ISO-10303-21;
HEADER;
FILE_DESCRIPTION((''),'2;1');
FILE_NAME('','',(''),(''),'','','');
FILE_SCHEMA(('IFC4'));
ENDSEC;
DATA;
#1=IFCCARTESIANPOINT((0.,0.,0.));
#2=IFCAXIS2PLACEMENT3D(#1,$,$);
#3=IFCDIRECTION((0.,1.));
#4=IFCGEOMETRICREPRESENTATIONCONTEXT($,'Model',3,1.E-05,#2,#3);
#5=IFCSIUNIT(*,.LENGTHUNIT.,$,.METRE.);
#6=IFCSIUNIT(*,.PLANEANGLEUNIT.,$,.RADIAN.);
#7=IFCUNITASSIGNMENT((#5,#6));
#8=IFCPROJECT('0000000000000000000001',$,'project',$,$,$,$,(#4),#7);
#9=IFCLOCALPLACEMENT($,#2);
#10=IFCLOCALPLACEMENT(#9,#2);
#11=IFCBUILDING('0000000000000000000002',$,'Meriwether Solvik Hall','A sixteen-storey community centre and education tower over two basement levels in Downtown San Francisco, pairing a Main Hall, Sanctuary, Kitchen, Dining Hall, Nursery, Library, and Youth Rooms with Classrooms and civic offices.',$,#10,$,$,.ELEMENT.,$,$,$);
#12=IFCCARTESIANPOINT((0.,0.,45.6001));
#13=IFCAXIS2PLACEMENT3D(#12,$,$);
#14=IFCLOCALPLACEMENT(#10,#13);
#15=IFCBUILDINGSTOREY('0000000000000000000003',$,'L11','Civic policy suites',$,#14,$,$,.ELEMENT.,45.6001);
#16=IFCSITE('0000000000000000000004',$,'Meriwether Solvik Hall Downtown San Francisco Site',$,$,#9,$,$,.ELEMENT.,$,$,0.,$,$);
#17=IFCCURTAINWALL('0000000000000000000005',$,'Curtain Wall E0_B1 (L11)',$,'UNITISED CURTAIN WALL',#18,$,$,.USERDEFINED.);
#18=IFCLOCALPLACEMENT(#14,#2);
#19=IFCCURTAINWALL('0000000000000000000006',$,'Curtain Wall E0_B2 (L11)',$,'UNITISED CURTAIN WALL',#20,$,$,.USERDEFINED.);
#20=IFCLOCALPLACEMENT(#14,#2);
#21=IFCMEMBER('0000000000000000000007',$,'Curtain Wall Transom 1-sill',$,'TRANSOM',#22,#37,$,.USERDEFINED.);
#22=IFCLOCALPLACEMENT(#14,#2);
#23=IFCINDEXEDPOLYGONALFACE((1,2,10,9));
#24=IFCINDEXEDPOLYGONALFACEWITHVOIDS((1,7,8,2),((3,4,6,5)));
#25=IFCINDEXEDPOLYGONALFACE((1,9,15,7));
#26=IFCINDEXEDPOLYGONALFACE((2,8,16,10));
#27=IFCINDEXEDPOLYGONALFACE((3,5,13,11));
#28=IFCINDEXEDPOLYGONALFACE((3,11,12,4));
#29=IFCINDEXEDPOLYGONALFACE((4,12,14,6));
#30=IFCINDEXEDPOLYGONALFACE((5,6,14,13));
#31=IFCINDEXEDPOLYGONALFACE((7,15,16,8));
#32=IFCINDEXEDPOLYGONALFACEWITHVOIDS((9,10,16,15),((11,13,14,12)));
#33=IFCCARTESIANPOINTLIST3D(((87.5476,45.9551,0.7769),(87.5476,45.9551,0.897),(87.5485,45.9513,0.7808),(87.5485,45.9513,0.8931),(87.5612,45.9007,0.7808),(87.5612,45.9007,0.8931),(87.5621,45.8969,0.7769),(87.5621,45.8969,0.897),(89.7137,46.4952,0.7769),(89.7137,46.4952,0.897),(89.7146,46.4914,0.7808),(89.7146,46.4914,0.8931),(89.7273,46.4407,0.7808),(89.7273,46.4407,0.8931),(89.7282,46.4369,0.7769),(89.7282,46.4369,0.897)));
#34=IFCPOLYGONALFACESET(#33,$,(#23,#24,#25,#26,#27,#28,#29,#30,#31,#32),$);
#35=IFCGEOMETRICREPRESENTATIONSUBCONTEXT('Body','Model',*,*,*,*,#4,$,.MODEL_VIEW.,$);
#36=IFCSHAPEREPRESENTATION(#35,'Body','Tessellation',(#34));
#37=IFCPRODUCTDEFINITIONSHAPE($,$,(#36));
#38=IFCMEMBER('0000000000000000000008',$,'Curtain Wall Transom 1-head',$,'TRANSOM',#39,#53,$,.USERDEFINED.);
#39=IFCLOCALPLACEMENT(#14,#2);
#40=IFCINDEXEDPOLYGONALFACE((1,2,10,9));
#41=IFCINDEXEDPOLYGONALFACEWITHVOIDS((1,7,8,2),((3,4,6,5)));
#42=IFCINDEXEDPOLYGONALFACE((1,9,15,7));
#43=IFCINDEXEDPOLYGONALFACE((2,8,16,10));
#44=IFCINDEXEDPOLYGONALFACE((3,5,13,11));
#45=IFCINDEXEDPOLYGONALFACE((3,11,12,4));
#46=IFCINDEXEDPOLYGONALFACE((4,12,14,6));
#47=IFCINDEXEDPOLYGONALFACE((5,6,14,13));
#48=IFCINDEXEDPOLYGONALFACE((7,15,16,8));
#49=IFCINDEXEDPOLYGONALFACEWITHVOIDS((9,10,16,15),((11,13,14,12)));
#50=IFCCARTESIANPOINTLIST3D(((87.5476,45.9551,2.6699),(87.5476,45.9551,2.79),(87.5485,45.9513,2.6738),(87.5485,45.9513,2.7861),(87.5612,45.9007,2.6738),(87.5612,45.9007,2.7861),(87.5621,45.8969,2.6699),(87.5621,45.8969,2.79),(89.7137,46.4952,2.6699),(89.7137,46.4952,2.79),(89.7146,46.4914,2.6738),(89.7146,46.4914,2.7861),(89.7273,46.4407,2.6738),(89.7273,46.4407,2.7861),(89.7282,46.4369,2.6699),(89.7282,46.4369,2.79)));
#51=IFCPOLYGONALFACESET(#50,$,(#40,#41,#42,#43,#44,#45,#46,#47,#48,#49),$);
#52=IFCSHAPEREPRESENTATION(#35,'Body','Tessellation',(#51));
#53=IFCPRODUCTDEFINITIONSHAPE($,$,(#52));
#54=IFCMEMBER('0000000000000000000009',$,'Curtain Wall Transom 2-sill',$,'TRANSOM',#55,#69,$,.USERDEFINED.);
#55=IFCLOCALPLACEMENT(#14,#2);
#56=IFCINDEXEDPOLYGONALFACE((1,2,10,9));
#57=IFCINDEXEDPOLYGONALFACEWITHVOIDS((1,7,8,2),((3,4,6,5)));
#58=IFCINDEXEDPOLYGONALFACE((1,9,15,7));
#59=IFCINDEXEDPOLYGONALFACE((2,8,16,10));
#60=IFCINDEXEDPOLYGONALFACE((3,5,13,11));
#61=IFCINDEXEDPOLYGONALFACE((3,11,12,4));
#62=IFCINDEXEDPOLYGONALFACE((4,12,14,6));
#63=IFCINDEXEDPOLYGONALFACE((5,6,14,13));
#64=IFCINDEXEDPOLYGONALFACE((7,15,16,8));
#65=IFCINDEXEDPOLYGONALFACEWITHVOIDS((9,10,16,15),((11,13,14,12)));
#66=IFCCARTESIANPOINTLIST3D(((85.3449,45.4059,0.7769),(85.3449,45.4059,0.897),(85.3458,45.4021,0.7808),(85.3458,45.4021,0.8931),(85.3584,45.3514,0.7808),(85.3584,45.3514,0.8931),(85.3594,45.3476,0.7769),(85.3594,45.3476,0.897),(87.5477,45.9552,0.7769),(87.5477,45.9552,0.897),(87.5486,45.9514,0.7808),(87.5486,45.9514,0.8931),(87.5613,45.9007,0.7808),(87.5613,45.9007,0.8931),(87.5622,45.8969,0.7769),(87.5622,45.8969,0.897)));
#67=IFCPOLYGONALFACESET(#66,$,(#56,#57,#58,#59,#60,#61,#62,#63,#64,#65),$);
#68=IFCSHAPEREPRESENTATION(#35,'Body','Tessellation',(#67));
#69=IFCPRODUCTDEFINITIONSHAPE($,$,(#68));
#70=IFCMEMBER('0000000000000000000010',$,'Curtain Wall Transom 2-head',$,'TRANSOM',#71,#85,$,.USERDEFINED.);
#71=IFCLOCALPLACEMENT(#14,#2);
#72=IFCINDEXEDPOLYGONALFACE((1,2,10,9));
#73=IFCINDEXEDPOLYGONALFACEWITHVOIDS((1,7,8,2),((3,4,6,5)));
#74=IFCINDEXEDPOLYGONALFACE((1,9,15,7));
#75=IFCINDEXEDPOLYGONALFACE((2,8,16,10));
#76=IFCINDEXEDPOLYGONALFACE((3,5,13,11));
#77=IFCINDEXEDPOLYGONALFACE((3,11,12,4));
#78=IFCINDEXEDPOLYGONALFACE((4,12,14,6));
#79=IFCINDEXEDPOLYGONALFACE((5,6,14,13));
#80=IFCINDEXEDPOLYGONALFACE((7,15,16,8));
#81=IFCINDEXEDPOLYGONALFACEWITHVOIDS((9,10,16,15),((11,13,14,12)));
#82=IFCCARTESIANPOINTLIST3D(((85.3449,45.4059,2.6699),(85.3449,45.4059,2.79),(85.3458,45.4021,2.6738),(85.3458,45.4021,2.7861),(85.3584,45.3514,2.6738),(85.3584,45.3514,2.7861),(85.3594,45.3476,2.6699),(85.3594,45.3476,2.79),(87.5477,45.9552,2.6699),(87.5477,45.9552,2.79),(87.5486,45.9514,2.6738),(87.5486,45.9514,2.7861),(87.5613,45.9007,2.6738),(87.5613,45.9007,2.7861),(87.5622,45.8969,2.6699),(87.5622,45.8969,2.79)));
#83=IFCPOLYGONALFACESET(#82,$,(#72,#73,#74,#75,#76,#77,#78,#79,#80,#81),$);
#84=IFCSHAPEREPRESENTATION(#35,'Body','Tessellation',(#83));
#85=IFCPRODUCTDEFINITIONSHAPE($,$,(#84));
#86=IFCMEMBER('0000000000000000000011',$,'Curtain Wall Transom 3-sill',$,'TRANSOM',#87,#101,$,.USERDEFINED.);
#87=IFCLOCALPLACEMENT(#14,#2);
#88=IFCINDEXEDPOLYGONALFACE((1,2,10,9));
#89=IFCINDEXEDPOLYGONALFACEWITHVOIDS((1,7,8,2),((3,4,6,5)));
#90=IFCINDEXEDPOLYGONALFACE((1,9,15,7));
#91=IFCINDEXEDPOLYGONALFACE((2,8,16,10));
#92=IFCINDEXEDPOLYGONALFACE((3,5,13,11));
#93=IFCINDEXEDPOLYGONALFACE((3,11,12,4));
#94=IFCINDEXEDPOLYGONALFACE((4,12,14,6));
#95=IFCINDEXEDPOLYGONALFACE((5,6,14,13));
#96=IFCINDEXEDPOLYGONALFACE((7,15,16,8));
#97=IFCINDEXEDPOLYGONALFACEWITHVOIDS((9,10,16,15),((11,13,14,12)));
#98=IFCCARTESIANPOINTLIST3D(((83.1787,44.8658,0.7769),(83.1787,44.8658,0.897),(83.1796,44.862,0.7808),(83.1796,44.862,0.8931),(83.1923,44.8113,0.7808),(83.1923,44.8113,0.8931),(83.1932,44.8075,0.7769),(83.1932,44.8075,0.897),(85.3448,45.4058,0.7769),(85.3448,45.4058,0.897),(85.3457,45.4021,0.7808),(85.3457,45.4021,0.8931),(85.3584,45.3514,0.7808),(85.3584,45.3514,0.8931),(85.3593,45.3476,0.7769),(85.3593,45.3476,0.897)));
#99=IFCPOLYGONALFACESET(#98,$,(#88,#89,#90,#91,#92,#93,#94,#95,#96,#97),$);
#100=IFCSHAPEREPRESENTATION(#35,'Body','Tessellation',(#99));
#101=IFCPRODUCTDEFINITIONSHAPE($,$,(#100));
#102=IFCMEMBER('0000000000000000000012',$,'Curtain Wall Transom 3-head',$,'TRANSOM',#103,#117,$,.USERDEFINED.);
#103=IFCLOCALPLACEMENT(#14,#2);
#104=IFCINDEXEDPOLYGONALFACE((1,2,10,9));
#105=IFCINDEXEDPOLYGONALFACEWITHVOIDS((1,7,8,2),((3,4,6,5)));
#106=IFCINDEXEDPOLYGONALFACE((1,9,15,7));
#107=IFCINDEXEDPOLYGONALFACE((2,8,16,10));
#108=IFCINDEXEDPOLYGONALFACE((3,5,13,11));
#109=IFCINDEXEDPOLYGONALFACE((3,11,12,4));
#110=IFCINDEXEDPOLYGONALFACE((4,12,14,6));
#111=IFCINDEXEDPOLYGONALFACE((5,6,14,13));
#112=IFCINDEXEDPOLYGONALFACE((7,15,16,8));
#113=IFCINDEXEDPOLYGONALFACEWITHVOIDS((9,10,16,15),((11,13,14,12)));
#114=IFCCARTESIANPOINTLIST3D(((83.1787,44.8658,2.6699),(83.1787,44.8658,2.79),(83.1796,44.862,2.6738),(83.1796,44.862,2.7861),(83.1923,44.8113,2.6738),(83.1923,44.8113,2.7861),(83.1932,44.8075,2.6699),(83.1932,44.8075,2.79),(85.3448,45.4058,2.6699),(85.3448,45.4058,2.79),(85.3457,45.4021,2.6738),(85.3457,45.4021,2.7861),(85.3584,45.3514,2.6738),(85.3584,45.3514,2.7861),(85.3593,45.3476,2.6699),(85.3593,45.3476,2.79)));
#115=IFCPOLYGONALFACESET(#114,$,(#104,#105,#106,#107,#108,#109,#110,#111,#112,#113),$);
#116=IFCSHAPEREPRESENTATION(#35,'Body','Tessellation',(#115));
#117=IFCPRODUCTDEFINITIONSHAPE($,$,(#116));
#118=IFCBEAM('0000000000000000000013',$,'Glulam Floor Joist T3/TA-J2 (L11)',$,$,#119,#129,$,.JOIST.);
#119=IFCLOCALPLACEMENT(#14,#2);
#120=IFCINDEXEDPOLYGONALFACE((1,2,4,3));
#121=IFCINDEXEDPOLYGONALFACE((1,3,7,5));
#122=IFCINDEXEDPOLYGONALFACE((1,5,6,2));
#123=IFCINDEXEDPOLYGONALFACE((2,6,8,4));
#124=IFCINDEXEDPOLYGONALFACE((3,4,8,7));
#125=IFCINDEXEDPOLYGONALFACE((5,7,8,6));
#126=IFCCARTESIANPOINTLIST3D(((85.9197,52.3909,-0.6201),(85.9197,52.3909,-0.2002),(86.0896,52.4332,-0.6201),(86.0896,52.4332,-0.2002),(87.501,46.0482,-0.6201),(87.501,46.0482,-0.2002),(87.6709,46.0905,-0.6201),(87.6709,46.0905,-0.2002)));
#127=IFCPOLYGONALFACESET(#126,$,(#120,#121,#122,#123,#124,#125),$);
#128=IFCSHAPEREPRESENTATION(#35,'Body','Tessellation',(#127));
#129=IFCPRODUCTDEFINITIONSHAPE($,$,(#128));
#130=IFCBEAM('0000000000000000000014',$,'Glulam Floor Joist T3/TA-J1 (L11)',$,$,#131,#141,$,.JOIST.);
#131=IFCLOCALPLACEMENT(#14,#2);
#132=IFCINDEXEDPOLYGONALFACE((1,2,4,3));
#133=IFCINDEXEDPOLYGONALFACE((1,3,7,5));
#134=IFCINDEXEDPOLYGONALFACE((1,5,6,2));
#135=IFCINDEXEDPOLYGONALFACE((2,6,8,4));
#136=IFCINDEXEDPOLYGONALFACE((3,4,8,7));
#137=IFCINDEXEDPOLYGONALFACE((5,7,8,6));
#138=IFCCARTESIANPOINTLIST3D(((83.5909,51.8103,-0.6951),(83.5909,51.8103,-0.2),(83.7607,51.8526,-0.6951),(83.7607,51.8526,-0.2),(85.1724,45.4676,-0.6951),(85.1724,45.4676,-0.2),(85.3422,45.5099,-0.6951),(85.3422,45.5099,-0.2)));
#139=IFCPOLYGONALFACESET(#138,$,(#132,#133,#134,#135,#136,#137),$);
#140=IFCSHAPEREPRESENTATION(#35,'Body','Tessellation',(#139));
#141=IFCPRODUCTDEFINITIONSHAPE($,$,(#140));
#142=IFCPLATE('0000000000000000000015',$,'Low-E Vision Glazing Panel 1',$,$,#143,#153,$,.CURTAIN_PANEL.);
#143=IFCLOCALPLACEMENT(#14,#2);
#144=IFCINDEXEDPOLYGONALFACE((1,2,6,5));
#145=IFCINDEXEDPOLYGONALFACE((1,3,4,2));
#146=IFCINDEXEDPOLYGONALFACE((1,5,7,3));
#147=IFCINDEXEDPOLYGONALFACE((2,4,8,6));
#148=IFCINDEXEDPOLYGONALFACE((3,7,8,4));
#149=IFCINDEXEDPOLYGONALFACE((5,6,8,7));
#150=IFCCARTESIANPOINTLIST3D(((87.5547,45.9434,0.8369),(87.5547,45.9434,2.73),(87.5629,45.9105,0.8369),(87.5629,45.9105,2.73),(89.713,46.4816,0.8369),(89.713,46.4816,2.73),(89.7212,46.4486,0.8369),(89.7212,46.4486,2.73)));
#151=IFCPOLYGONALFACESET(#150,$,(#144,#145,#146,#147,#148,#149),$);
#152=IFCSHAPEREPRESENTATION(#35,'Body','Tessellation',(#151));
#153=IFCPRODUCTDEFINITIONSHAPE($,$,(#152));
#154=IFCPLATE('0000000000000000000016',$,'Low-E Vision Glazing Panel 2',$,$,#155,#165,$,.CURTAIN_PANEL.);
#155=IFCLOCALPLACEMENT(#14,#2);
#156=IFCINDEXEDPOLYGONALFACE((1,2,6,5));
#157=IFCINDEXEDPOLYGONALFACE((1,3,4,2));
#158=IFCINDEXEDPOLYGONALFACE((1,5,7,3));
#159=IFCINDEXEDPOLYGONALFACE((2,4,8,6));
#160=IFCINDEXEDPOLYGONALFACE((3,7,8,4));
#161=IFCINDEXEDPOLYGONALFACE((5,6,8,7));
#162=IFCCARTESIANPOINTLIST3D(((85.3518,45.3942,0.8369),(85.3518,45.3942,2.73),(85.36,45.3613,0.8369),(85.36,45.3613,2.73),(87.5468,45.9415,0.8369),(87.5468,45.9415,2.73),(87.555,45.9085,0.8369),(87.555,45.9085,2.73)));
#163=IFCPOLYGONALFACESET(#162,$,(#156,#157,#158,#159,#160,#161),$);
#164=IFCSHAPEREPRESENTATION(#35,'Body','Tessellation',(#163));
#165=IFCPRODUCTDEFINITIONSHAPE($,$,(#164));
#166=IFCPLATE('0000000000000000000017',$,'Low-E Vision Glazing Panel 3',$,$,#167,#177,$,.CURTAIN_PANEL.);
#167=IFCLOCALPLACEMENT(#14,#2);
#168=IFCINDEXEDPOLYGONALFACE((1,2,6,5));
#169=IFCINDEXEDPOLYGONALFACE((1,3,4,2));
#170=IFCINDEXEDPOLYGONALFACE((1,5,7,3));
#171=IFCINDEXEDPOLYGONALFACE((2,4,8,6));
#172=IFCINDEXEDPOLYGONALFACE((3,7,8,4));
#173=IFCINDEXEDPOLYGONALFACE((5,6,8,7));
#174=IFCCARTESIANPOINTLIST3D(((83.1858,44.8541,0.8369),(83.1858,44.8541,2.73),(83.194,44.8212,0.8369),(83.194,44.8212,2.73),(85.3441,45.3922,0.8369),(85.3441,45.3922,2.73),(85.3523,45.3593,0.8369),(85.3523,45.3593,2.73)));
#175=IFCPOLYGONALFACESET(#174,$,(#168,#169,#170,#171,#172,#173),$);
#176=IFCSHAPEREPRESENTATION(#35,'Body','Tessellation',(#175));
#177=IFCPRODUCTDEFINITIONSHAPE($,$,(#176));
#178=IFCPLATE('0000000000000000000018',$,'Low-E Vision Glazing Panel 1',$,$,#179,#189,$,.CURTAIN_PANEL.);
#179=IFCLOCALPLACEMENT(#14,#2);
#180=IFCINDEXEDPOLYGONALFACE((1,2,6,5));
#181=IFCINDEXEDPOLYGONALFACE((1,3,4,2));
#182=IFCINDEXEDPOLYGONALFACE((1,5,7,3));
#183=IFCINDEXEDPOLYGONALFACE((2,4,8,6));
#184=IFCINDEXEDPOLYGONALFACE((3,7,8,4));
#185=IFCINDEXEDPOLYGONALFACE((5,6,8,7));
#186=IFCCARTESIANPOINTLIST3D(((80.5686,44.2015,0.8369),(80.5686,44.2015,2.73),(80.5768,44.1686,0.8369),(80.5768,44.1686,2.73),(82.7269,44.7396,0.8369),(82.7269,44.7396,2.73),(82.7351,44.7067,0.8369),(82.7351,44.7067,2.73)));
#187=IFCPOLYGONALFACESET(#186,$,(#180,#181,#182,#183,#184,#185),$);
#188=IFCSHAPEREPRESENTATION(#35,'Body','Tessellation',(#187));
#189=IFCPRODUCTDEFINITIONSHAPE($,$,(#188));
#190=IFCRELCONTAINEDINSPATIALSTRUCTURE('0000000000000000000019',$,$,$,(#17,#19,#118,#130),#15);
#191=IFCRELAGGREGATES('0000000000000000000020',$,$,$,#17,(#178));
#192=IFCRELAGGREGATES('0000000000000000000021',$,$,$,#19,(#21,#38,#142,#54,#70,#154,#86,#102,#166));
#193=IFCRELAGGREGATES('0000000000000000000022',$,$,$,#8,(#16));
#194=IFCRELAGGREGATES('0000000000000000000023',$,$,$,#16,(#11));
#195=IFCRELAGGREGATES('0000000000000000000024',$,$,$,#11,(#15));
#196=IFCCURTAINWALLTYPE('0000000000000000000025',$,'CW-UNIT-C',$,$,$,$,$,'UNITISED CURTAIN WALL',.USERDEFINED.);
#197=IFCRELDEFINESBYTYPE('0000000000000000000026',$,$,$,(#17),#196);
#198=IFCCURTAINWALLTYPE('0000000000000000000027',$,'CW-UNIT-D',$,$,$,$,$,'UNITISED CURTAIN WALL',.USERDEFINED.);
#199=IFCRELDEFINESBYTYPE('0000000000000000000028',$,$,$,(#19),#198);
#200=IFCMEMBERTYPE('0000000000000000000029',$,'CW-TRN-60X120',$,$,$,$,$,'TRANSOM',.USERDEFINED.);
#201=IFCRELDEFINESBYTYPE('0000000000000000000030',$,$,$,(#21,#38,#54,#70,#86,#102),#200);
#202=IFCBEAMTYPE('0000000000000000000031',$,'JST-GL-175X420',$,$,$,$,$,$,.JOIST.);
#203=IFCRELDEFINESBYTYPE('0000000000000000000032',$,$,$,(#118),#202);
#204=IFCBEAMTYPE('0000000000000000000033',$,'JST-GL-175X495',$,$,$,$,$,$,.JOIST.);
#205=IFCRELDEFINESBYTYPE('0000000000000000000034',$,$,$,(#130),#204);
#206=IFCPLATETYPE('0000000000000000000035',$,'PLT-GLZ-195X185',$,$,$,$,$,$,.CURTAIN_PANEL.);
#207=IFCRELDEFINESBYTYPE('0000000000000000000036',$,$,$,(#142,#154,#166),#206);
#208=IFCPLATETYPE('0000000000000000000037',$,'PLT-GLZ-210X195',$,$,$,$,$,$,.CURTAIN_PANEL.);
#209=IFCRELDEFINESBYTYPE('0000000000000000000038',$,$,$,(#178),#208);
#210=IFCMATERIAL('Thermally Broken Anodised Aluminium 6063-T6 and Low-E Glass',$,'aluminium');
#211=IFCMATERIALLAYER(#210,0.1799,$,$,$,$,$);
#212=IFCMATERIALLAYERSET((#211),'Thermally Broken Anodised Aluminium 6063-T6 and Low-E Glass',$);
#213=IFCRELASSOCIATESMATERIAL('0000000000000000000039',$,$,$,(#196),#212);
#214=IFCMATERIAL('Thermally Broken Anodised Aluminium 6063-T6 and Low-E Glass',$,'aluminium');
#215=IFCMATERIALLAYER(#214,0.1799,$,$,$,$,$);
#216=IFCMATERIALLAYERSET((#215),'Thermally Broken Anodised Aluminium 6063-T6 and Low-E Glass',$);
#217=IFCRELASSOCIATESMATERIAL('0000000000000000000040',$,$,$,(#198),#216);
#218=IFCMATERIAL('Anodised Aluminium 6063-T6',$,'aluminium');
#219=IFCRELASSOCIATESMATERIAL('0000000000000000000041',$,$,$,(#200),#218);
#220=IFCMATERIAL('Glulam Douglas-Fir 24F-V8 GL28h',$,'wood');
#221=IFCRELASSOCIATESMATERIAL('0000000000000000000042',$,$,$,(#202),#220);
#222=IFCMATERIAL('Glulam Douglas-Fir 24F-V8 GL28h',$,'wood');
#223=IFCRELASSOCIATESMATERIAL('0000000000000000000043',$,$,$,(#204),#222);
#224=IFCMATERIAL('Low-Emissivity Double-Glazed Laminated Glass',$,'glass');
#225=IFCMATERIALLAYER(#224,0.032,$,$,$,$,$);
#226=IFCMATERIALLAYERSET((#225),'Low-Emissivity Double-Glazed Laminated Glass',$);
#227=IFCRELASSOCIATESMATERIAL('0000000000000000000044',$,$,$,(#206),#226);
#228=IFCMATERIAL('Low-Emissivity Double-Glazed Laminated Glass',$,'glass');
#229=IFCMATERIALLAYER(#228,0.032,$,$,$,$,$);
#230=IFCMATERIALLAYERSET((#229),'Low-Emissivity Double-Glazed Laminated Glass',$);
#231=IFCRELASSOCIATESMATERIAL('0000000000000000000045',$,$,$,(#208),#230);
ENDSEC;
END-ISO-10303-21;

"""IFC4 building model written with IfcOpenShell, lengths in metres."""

from ifc_helpers import new_model, si_unit, direction, frame, origin, origin_2d, place, context, subcontext, project, spatial, rectangle, hollow_rectangle, extrude, material, layer, layer_set, material_profile, profile_set, type_object, element, aggregate, save


model = new_model("IFC4")

# Units and contexts
model_context = context("Model", 3, precision=1e-05, world=origin(), true_north=direction((0.0, 1.0)))
body_context = subcontext(model_context, "Body", "Model", "MODEL_VIEW")
ifc_project = project(units=[si_unit("LENGTHUNIT", "METRE"), si_unit("PLANEANGLEUNIT", "RADIAN")], contexts=[model_context])

# Site, building, storey
site_placement = place(None, origin())
site = spatial("IfcSite", under=ifc_project, at=site_placement, Name="Meriwether Solvik Hall Downtown San Francisco Site", CompositionType="ELEMENT", RefElevation=0.0)
building_placement = place(site_placement, origin())
building = spatial("IfcBuilding", under=site, at=building_placement, Name="Meriwether Solvik Hall", Description="A sixteen-storey community centre and education tower over two basement levels in Downtown San Francisco, pairing a Main Hall, Sanctuary, Kitchen, Dining Hall, Nursery, Library, and Youth Rooms with Classrooms and civic offices.", CompositionType="ELEMENT")
storey_placement = place(building_placement, frame((0.0, 0.0, 45.6001)))
storey = spatial("IfcBuildingStorey", under=building, at=storey_placement, Name="L11", Description="Civic policy suites", CompositionType="ELEMENT", Elevation=45.6001)

# Curtain wall
ifc_material_1 = material(Name="Thermally Broken Anodised Aluminium 6063-T6 and Low-E Glass", Category="aluminium")
ifc_layer_1 = layer(ifc_material_1, 0.1799)
ifc_layer_set_1 = layer_set([ifc_layer_1], Name="Thermally Broken Anodised Aluminium 6063-T6 and Low-E Glass")
curtain_wall_type_1 = type_object("IfcCurtainWallType", Name="CW-UNIT-C", ElementType="UNITISED CURTAIN WALL", PredefinedType="USERDEFINED", material=ifc_layer_set_1)
curtain_wall_1_placement = place(storey_placement, origin())
curtain_wall_1 = element("IfcCurtainWall", 1, at=curtain_wall_1_placement, inside=storey, type_object=curtain_wall_type_1, Name="Curtain Wall E0_B1 (L11)", ObjectType="UNITISED CURTAIN WALL", PredefinedType="USERDEFINED")

# Curtain wall
ifc_material_2 = material(Name="Thermally Broken Anodised Aluminium 6063-T6 and Low-E Glass", Category="aluminium")
ifc_layer_2 = layer(ifc_material_2, 0.1799)
ifc_layer_set_2 = layer_set([ifc_layer_2], Name="Thermally Broken Anodised Aluminium 6063-T6 and Low-E Glass")
curtain_wall_type_2 = type_object("IfcCurtainWallType", Name="CW-UNIT-D", ElementType="UNITISED CURTAIN WALL", PredefinedType="USERDEFINED", material=ifc_layer_set_2)
curtain_wall_2_placement = place(storey_placement, origin())
curtain_wall_2 = element("IfcCurtainWall", 2, at=curtain_wall_2_placement, inside=storey, type_object=curtain_wall_type_2, Name="Curtain Wall E0_B2 (L11)", ObjectType="UNITISED CURTAIN WALL", PredefinedType="USERDEFINED")

# Members
ifc_material_3 = material(Name="Anodised Aluminium 6063-T6", Category="aluminium")
ifc_material_profile_1 = material_profile(ifc_material_3, hollow_rectangle(XDim=0.0601, YDim=0.1201, WallThickness=0.0039, at=origin_2d()), Name="CWT-60X120")
ifc_profile_set_1 = profile_set([ifc_material_profile_1], Name="Anodised Aluminium 6063-T6")
member_type_1 = type_object("IfcMemberType", Name="CW-TRN-60X120", ElementType="TRANSOM", PredefinedType="USERDEFINED", material=ifc_profile_set_1)
member_1_placement = place(storey_placement, frame((89.7209, 46.4661, 0.8369), z_axis=(-0.970297, -0.241918, 0.0), x_axis=(0.241918, -0.970297, 0.0)))
member_1 = element("IfcMember", 3, at=member_1_placement, type_object=member_type_1, Name="Curtain Wall Transom 1-sill", ObjectType="TRANSOM", PredefinedType="USERDEFINED", context=body_context, shape_type="SweptSolid", body=[
    extrude(hollow_rectangle(XDim=0.0601, YDim=0.1201, WallThickness=0.0039, at=origin_2d()), origin(), (0.0, 0.0, 1.0), 2.2324),
])
member_2_placement = place(storey_placement, frame((89.7209, 46.4661, 2.73), z_axis=(-0.970297, -0.241918, 0.0), x_axis=(0.241918, -0.970297, 0.0)))
member_2 = element("IfcMember", 4, at=member_2_placement, type_object=member_type_1, Name="Curtain Wall Transom 1-head", ObjectType="TRANSOM", PredefinedType="USERDEFINED", context=body_context, shape_type="SweptSolid", body=[
    extrude(hollow_rectangle(XDim=0.0601, YDim=0.1201, WallThickness=0.0039, at=origin_2d()), origin(), (0.0, 0.0, 1.0), 2.2324),
])
member_3_placement = place(storey_placement, frame((87.5549, 45.926, 0.8369), z_axis=(-0.970288, -0.241954, 0.0), x_axis=(0.241954, -0.970288, 0.0)))
member_3 = element("IfcMember", 5, at=member_3_placement, type_object=member_type_1, Name="Curtain Wall Transom 2-sill", ObjectType="TRANSOM", PredefinedType="USERDEFINED", context=body_context, shape_type="SweptSolid", body=[
    extrude(hollow_rectangle(XDim=0.0601, YDim=0.1201, WallThickness=0.0039, at=origin_2d()), origin(), (0.0, 0.0, 1.0), 2.2703),
])
member_4_placement = place(storey_placement, frame((87.5549, 45.926, 2.73), z_axis=(-0.970288, -0.241954, 0.0), x_axis=(0.241954, -0.970288, 0.0)))
member_4 = element("IfcMember", 6, at=member_4_placement, type_object=member_type_1, Name="Curtain Wall Transom 2-head", ObjectType="TRANSOM", PredefinedType="USERDEFINED", context=body_context, shape_type="SweptSolid", body=[
    extrude(hollow_rectangle(XDim=0.0601, YDim=0.1201, WallThickness=0.0039, at=origin_2d()), origin(), (0.0, 0.0, 1.0), 2.2703),
])
member_5_placement = place(storey_placement, frame((85.3521, 45.3767, 0.8369), z_axis=(-0.970297, -0.241918, 0.0), x_axis=(0.241918, -0.970297, 0.0)))
member_5 = element("IfcMember", 7, at=member_5_placement, type_object=member_type_1, Name="Curtain Wall Transom 3-sill", ObjectType="TRANSOM", PredefinedType="USERDEFINED", context=body_context, shape_type="SweptSolid", body=[
    extrude(hollow_rectangle(XDim=0.0601, YDim=0.1201, WallThickness=0.0039, at=origin_2d()), origin(), (0.0, 0.0, 1.0), 2.2324),
])
member_6_placement = place(storey_placement, frame((85.3521, 45.3767, 2.73), z_axis=(-0.970297, -0.241918, 0.0), x_axis=(0.241918, -0.970297, 0.0)))
member_6 = element("IfcMember", 8, at=member_6_placement, type_object=member_type_1, Name="Curtain Wall Transom 3-head", ObjectType="TRANSOM", PredefinedType="USERDEFINED", context=body_context, shape_type="SweptSolid", body=[
    extrude(hollow_rectangle(XDim=0.0601, YDim=0.1201, WallThickness=0.0039, at=origin_2d()), origin(), (0.0, 0.0, 1.0), 2.2324),
])

# Beams
ifc_material_4 = material(Name="Glulam Douglas-Fir 24F-V8 GL28h", Category="wood")
ifc_material_profile_2 = material_profile(ifc_material_4, rectangle(XDim=0.175, YDim=0.4199, at=origin_2d()), Name="GLJ-175X420")
ifc_profile_set_2 = profile_set([ifc_material_profile_2], Name="Glulam Douglas-Fir 24F-V8 GL28h")
beam_type_1 = type_object("IfcBeamType", Name="JST-GL-175X420", PredefinedType="JOIST", material=ifc_profile_set_2)
beam_1_placement = place(storey_placement, frame((87.5859, 46.0693, -0.4102), z_axis=(-0.241903, 0.9703, 0.0), x_axis=(-0.9703, -0.241903, 0.0)))
element("IfcBeam", 9, at=beam_1_placement, inside=storey, type_object=beam_type_1, Name="Glulam Floor Joist T3/TA-J2 (L11)", PredefinedType="JOIST", context=body_context, shape_type="SweptSolid", body=[
    extrude(rectangle(XDim=0.175, YDim=0.4199, at=origin_2d()), origin(), (0.0, 0.0, 1.0), 6.5369),
])
ifc_material_5 = material(Name="Glulam Douglas-Fir 24F-V8 GL28h", Category="wood")
ifc_material_profile_3 = material_profile(ifc_material_5, rectangle(XDim=0.175, YDim=0.4951, at=origin_2d()), Name="GLJ-175X495")
ifc_profile_set_3 = profile_set([ifc_material_profile_3], Name="Glulam Douglas-Fir 24F-V8 GL28h")
beam_type_2 = type_object("IfcBeamType", Name="JST-GL-175X495", PredefinedType="JOIST", material=ifc_profile_set_3)
beam_2_placement = place(storey_placement, frame((85.2573, 45.4888, -0.4475), z_axis=(-0.241938, 0.970292, 0.0), x_axis=(-0.970292, -0.241938, 0.0)))
element("IfcBeam", 10, at=beam_2_placement, inside=storey, type_object=beam_type_2, Name="Glulam Floor Joist T3/TA-J1 (L11)", PredefinedType="JOIST", context=body_context, shape_type="SweptSolid", body=[
    extrude(rectangle(XDim=0.175, YDim=0.4951, at=origin_2d()), origin(), (0.0, 0.0, 1.0), 6.5369),
])

# Plates
ifc_material_6 = material(Name="Low-Emissivity Double-Glazed Laminated Glass", Category="glass")
ifc_layer_3 = layer(ifc_material_6, 0.032)
ifc_layer_set_3 = layer_set([ifc_layer_3], Name="Low-Emissivity Double-Glazed Laminated Glass")
plate_type_1 = type_object("IfcPlateType", Name="PLT-GLZ-195X185", PredefinedType="CURTAIN_PANEL", material=ifc_layer_set_3)
plate_1_placement = place(storey_placement, frame((88.6379, 46.196, 0.8369), z_axis=(0.0, 0.0, 1.0), x_axis=(-0.970296, -0.241922, 0.0)))
plate_1 = element("IfcPlate", 11, at=plate_1_placement, type_object=plate_type_1, Name="Low-E Vision Glazing Panel 1", PredefinedType="CURTAIN_PANEL", context=body_context, shape_type="SweptSolid", body=[
    extrude(rectangle(XDim=2.2244, YDim=0.0339, at=origin_2d()), origin(), (0.0, 0.0, 1.0), 1.8931),
])
plate_2_placement = place(storey_placement, frame((86.4534, 45.6514, 0.8369), z_axis=(0.0, 0.0, 1.0), x_axis=(-0.970296, -0.241922, 0.0)))
plate_2 = element("IfcPlate", 12, at=plate_2_placement, type_object=plate_type_1, Name="Low-E Vision Glazing Panel 2", PredefinedType="CURTAIN_PANEL", context=body_context, shape_type="SweptSolid", body=[
    extrude(rectangle(XDim=2.2622, YDim=0.0339, at=origin_2d()), origin(), (0.0, 0.0, 1.0), 1.8931),
])
plate_3_placement = place(storey_placement, frame((84.269, 45.1067, 0.8369), z_axis=(0.0, 0.0, 1.0), x_axis=(-0.970296, -0.241922, 0.0)))
plate_3 = element("IfcPlate", 13, at=plate_3_placement, type_object=plate_type_1, Name="Low-E Vision Glazing Panel 3", PredefinedType="CURTAIN_PANEL", context=body_context, shape_type="SweptSolid", body=[
    extrude(rectangle(XDim=2.2244, YDim=0.0339, at=origin_2d()), origin(), (0.0, 0.0, 1.0), 1.8931),
])
ifc_material_7 = material(Name="Low-Emissivity Double-Glazed Laminated Glass", Category="glass")
ifc_layer_4 = layer(ifc_material_7, 0.032)
ifc_layer_set_4 = layer_set([ifc_layer_4], Name="Low-Emissivity Double-Glazed Laminated Glass")
plate_type_2 = type_object("IfcPlateType", Name="PLT-GLZ-210X195", PredefinedType="CURTAIN_PANEL", material=ifc_layer_set_4)
plate_4_placement = place(storey_placement, frame((81.6519, 44.4541, 0.8369), z_axis=(0.0, 0.0, 1.0), x_axis=(-0.970296, -0.241922, 0.0)))
plate_4 = element("IfcPlate", 14, at=plate_4_placement, type_object=plate_type_2, Name="Low-E Vision Glazing Panel 1", PredefinedType="CURTAIN_PANEL", context=body_context, shape_type="SweptSolid", body=[
    extrude(rectangle(XDim=2.2244, YDim=0.0339, at=origin_2d()), origin(), (0.0, 0.0, 1.0), 1.8931),
])
aggregate(curtain_wall_1, [plate_4])
aggregate(curtain_wall_2, [member_1, member_2, plate_1, member_3, member_4, plate_2, member_5, member_6, plate_3])

save(model, "model.ifc")
